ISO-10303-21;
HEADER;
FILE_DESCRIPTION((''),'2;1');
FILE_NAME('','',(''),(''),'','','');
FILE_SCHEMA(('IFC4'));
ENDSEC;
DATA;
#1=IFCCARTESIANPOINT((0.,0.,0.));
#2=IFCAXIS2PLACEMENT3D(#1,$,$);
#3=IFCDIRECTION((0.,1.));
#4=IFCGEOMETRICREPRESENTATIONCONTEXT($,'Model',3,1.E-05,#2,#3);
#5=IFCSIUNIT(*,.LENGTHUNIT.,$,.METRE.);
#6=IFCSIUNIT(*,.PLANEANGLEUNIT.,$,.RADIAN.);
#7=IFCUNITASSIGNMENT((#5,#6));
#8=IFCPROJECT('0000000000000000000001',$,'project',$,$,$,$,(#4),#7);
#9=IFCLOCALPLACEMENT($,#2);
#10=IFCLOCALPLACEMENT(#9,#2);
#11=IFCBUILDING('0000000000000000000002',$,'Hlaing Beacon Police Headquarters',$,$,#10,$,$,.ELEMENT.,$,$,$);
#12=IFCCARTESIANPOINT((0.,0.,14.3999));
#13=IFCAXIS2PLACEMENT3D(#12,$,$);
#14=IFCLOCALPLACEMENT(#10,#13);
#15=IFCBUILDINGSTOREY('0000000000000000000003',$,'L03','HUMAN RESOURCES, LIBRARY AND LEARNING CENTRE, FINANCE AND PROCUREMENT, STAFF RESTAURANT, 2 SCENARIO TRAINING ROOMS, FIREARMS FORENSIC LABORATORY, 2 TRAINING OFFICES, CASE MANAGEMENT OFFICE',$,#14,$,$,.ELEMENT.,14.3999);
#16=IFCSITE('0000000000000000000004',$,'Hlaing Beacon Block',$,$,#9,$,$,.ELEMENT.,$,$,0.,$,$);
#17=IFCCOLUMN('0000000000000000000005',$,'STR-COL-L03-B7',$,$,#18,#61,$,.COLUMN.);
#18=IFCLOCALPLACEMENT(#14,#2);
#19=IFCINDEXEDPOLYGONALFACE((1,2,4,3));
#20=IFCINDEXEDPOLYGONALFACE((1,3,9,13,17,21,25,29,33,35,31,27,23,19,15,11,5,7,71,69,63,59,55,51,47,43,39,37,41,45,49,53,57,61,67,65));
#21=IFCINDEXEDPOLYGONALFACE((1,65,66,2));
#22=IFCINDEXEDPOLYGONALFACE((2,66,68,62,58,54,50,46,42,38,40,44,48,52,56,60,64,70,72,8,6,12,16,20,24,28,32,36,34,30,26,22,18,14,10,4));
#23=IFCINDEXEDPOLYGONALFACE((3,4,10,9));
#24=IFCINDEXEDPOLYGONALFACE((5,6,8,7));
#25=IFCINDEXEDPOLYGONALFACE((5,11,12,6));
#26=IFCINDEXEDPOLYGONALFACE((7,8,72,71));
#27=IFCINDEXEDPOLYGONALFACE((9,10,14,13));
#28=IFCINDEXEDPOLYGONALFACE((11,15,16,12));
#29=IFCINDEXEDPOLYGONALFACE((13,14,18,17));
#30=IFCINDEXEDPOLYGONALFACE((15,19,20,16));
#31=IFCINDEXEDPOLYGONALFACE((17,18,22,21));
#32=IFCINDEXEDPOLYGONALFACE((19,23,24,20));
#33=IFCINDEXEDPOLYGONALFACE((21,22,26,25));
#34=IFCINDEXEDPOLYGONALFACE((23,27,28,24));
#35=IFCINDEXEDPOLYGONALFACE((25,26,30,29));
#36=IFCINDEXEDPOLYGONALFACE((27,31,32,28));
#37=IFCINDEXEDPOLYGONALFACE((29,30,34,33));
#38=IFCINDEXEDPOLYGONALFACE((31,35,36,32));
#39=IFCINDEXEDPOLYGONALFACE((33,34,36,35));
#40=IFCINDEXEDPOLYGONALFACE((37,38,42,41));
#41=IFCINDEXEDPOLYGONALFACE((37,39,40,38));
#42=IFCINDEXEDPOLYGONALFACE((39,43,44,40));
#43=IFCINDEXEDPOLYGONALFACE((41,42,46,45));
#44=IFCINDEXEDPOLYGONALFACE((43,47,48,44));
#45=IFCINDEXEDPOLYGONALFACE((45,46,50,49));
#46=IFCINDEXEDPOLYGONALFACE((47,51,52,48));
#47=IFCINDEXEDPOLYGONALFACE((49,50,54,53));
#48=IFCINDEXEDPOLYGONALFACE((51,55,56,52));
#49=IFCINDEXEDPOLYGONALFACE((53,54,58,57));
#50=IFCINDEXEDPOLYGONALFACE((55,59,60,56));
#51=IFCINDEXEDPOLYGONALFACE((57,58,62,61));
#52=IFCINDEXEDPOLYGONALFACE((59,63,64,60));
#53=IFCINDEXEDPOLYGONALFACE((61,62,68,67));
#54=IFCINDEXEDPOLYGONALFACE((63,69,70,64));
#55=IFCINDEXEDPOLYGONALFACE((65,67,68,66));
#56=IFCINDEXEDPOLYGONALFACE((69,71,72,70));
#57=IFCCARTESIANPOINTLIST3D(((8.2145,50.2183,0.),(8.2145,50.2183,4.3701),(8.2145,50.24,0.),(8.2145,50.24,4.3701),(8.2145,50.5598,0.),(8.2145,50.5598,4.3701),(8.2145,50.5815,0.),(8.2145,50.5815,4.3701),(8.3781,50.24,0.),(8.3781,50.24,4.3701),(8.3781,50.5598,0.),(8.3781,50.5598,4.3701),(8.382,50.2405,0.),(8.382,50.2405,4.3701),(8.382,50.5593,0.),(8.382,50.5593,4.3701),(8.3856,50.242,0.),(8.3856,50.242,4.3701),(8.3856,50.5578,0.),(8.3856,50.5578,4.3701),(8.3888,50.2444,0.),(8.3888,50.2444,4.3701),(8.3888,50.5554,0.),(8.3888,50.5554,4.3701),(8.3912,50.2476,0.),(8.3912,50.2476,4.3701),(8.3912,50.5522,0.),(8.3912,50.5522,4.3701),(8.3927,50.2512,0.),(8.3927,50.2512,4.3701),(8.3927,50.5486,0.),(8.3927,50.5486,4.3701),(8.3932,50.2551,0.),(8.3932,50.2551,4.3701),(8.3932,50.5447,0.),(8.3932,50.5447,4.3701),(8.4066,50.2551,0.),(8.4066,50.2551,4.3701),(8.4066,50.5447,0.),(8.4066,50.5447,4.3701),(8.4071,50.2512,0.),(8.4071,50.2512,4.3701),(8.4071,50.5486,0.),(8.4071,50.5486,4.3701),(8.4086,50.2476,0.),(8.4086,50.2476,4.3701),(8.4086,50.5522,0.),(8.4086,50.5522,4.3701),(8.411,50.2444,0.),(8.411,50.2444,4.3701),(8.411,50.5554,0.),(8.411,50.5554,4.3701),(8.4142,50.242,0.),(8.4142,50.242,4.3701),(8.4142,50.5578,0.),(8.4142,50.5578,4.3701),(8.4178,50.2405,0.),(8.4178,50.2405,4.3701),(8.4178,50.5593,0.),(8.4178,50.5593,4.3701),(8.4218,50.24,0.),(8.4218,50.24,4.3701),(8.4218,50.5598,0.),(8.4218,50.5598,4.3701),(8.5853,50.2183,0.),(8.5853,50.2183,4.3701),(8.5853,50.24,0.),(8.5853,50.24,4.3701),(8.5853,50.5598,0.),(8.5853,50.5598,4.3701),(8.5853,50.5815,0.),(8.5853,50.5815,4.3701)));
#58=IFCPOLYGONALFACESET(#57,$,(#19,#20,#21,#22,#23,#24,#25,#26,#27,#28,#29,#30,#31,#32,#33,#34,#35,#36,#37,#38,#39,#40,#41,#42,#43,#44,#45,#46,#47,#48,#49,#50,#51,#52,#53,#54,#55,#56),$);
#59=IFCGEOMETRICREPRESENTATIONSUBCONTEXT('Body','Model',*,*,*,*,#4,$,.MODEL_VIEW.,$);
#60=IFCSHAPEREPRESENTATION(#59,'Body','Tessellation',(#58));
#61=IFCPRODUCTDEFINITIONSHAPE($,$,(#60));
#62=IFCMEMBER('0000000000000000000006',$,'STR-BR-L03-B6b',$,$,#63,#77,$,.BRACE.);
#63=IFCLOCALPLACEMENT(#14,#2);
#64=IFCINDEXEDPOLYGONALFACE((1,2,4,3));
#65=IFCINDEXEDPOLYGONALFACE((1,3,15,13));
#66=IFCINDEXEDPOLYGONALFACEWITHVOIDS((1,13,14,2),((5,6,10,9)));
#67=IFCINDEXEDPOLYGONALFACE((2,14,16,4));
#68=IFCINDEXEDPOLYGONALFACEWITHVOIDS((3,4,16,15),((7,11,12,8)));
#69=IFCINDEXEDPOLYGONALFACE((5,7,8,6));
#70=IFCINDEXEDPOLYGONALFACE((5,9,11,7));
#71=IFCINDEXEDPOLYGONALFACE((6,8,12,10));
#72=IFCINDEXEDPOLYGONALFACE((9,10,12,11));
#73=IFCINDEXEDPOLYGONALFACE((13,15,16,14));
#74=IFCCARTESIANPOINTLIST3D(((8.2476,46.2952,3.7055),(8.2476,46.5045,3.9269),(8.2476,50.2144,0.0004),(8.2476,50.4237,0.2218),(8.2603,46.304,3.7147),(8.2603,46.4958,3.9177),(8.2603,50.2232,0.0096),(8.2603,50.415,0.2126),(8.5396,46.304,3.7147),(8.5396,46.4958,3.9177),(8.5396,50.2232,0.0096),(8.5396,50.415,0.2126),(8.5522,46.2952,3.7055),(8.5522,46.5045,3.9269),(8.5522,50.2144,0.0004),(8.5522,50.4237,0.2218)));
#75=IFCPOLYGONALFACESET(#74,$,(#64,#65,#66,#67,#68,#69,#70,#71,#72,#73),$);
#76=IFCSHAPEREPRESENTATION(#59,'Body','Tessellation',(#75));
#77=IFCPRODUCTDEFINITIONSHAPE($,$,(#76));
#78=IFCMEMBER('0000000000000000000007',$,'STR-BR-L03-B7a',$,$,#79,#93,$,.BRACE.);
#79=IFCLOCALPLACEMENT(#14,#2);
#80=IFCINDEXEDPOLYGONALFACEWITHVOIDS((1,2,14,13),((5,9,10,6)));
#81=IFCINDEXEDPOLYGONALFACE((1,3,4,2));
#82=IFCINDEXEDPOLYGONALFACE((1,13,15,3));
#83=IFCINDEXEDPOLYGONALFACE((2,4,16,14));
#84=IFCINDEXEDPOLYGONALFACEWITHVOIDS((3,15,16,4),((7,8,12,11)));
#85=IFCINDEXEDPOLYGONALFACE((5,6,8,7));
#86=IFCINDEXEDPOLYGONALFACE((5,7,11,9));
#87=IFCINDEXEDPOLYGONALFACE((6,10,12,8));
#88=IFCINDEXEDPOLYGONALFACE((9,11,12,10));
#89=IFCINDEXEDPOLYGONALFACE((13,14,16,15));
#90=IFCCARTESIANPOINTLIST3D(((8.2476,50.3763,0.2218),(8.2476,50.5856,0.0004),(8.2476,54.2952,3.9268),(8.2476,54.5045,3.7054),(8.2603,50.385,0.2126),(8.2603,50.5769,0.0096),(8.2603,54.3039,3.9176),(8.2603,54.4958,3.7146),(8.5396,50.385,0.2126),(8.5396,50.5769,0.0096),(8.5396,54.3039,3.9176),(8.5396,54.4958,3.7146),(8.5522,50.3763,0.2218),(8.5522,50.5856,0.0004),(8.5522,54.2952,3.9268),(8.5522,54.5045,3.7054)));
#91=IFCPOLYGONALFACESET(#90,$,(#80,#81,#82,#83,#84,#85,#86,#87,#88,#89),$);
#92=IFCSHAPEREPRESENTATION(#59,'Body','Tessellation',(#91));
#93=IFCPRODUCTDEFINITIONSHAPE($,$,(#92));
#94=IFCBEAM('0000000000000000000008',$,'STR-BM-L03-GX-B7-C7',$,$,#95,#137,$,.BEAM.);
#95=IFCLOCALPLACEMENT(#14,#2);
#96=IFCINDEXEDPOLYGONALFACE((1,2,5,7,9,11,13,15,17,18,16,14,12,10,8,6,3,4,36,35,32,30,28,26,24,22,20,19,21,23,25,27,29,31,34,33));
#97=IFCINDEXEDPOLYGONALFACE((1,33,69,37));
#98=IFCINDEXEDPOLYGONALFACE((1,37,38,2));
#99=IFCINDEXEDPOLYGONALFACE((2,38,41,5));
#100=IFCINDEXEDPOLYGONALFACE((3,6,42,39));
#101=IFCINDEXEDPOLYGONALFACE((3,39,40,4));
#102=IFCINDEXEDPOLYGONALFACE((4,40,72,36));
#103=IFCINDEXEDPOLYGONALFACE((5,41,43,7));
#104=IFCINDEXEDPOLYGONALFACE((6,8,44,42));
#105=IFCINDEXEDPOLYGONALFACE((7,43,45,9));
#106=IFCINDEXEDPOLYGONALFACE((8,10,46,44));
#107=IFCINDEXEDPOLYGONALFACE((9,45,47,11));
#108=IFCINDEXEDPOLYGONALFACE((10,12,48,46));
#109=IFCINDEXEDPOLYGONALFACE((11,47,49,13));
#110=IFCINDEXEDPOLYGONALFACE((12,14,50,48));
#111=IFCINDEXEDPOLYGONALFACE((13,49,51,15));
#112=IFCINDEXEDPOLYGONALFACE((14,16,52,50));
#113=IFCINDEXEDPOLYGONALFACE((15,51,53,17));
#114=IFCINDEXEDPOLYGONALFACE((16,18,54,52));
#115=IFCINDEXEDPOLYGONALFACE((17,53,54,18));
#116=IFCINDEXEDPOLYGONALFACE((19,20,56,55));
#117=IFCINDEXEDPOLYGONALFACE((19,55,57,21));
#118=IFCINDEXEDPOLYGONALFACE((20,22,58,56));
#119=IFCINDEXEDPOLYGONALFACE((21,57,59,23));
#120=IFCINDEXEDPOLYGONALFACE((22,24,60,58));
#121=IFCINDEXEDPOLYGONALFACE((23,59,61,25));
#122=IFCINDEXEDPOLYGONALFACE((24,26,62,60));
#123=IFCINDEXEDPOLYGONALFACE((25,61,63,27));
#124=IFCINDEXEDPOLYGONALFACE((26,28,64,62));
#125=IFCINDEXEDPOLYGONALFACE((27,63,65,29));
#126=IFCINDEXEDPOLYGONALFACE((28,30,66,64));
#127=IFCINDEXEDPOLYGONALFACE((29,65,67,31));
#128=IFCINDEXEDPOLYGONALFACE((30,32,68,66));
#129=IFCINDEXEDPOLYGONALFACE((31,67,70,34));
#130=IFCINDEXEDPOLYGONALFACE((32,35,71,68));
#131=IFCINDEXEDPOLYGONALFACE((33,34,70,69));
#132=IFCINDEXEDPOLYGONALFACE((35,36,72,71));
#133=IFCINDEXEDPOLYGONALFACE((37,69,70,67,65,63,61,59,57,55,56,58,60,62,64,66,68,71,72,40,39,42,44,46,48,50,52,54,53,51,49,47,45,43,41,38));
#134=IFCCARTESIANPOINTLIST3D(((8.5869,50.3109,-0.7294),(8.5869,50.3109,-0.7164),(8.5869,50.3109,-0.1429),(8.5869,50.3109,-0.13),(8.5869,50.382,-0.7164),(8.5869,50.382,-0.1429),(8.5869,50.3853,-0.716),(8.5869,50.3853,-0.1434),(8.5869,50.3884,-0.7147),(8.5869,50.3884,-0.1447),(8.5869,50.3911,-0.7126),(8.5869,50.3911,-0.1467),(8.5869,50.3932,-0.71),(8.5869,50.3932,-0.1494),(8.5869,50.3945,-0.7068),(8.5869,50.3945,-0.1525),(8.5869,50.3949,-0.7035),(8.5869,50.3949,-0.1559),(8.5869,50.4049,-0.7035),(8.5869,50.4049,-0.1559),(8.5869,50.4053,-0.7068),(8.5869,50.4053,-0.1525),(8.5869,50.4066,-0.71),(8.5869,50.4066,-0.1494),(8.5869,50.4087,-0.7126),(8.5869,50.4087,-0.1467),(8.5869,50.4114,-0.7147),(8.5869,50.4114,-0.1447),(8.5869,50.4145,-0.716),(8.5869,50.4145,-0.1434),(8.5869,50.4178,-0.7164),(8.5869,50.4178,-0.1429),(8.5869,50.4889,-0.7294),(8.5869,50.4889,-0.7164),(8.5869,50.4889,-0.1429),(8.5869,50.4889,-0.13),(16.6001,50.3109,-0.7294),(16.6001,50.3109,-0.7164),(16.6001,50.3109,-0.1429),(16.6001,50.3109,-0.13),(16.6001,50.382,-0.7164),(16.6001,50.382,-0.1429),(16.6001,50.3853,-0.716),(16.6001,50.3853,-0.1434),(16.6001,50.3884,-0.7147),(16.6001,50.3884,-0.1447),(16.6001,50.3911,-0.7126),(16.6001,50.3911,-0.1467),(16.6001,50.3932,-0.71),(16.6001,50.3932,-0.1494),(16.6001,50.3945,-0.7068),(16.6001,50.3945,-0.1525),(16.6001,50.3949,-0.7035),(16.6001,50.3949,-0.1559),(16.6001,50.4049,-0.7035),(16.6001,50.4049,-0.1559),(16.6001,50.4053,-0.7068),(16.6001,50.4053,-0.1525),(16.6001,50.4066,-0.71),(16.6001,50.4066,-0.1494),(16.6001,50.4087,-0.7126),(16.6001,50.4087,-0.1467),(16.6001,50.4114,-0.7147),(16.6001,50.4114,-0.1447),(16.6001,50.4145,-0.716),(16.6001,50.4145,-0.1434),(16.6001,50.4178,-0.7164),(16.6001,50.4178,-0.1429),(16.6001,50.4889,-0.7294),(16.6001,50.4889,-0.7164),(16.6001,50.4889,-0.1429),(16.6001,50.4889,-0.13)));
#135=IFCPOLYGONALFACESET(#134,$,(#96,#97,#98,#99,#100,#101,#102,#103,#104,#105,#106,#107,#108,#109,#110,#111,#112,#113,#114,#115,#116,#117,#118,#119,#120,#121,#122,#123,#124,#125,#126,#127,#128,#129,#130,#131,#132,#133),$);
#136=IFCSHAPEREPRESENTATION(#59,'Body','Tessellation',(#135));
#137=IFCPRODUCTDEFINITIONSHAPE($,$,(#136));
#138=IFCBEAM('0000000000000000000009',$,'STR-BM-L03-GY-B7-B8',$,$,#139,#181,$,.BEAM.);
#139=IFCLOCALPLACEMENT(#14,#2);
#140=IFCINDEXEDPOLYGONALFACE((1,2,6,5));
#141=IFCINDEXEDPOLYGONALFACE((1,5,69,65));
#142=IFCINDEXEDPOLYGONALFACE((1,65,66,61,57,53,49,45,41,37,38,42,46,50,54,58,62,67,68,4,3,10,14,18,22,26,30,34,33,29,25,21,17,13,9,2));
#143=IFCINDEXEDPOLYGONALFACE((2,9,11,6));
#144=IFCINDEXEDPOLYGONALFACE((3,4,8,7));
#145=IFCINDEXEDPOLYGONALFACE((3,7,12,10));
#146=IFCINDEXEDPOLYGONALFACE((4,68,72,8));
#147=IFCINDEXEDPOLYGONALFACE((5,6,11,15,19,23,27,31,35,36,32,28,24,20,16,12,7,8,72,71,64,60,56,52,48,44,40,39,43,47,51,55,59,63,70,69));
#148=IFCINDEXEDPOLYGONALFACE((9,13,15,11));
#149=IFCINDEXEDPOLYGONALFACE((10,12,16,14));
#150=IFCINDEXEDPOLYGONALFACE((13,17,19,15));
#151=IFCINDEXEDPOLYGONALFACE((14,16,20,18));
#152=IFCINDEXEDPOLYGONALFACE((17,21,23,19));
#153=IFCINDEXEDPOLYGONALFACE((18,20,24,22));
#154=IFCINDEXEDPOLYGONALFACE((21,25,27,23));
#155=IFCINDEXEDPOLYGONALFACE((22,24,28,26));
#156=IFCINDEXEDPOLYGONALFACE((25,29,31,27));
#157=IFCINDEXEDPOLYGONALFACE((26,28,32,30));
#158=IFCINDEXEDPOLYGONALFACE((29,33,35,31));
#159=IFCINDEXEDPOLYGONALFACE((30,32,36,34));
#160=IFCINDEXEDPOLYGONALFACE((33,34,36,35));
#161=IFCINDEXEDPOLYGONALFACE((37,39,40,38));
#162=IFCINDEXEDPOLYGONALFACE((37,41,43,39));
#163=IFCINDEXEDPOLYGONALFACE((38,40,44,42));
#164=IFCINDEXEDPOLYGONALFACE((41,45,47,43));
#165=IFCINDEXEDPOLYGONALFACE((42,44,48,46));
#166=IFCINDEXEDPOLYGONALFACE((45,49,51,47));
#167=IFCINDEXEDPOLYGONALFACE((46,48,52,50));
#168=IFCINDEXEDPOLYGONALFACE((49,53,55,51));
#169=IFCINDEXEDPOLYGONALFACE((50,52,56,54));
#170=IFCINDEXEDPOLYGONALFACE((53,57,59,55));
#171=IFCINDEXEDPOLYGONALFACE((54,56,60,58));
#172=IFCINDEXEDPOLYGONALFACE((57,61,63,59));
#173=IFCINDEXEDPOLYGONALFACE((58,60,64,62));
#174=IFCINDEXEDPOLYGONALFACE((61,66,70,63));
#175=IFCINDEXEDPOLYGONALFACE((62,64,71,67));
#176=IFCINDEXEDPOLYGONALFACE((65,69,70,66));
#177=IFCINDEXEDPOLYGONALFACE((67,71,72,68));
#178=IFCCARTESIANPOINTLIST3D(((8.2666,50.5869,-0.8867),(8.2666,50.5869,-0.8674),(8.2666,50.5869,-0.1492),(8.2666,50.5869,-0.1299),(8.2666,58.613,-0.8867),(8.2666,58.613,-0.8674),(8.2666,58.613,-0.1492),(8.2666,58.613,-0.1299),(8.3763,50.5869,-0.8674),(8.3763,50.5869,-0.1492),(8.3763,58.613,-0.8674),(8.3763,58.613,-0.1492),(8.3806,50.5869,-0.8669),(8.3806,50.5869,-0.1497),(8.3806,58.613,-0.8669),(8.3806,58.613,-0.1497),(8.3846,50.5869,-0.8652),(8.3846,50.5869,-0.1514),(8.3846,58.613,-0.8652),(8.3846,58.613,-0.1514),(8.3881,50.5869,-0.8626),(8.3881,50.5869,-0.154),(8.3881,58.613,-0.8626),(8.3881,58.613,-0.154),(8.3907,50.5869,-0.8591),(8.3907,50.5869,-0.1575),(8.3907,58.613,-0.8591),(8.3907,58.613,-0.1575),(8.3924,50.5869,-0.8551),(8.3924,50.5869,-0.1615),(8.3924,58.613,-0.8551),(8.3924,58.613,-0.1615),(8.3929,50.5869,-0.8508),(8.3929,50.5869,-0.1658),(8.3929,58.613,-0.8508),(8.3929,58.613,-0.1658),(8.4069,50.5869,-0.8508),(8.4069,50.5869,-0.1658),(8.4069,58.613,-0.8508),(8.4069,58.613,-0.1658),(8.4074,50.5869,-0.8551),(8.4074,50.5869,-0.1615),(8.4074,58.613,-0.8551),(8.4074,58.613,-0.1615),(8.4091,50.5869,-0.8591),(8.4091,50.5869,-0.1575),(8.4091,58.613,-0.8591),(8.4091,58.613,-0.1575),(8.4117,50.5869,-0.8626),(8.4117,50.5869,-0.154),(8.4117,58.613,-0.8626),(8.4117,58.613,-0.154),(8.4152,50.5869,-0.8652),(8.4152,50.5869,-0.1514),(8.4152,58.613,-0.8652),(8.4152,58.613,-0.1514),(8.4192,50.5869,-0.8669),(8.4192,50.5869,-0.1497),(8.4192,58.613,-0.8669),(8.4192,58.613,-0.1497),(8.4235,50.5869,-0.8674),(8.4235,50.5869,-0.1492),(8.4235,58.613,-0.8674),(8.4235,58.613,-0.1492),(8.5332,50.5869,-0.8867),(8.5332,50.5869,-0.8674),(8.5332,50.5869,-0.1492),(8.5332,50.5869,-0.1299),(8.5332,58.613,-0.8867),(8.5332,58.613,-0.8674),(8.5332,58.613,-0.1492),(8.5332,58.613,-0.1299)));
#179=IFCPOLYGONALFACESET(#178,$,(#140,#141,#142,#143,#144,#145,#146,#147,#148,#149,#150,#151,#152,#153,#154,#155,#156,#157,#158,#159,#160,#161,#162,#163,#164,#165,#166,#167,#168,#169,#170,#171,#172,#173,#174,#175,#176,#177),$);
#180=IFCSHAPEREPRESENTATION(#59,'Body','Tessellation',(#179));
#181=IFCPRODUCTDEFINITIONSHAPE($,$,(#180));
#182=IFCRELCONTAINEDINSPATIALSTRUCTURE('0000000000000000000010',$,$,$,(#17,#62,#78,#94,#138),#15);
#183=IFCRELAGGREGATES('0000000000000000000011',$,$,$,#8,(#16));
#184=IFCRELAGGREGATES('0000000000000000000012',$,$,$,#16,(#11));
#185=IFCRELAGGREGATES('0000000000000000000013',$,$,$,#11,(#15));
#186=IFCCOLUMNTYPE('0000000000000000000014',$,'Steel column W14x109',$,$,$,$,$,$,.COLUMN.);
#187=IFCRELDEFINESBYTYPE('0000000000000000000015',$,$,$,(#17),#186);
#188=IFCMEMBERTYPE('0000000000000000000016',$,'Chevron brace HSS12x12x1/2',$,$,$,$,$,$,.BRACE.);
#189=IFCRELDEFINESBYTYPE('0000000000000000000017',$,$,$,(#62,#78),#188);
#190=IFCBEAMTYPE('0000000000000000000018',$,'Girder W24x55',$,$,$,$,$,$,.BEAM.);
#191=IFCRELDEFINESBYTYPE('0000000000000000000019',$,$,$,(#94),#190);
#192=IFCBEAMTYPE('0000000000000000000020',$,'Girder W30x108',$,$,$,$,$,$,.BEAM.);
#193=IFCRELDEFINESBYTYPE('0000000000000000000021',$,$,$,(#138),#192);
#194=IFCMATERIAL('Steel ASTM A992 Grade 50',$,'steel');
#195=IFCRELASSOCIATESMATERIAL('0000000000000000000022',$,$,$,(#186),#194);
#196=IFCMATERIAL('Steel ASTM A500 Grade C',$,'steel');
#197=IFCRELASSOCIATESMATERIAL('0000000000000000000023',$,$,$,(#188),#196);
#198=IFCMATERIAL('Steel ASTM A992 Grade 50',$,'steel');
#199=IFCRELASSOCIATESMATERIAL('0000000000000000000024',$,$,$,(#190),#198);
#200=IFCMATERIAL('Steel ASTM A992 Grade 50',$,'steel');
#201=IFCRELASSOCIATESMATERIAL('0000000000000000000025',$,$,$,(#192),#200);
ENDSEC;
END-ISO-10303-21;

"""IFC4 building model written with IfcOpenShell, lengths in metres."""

from ifc_helpers import new_model, si_unit, direction, frame, origin, origin_2d, place, context, subcontext, project, spatial, hollow_rectangle, i_section, extrude, material, material_profile, profile_set, type_object, element, save


model = new_model("IFC4")

# Units and contexts
model_context = context("Model", 3, precision=1e-05, world=origin(), true_north=direction((0.0, 1.0)))
body_context = subcontext(model_context, "Body", "Model", "MODEL_VIEW")
ifc_project = project(units=[si_unit("LENGTHUNIT", "METRE"), si_unit("PLANEANGLEUNIT", "RADIAN")], contexts=[model_context])

# Site, building, storey
site_placement = place(None, origin())
site = spatial("IfcSite", under=ifc_project, at=site_placement, Name="Hlaing Beacon Block", CompositionType="ELEMENT", RefElevation=0.0)
building_placement = place(site_placement, origin())
building = spatial("IfcBuilding", under=site, at=building_placement, Name="Hlaing Beacon Police Headquarters", CompositionType="ELEMENT")
storey_placement = place(building_placement, frame((0.0, 0.0, 14.3999)))
storey = spatial("IfcBuildingStorey", under=building, at=storey_placement, Name="L03", Description="HUMAN RESOURCES, LIBRARY AND LEARNING CENTRE, FINANCE AND PROCUREMENT, STAFF RESTAURANT, 2 SCENARIO TRAINING ROOMS, FIREARMS FORENSIC LABORATORY, 2 TRAINING OFFICES, CASE MANAGEMENT OFFICE", CompositionType="ELEMENT", Elevation=14.3999)

# Column
ifc_material_1 = material(Name="Steel ASTM A992 Grade 50", Category="steel")
ifc_material_profile_1 = material_profile(ifc_material_1, i_section(OverallWidth=0.3708, OverallDepth=0.3633, WebThickness=0.0134, FlangeThickness=0.0217, FilletRadius=0.0151, at=origin_2d()), Name="W14x109")
ifc_profile_set_1 = profile_set([ifc_material_profile_1], Name="Steel ASTM A992 Grade 50")
column_type = type_object("IfcColumnType", Name="Steel column W14x109", PredefinedType="COLUMN", material=ifc_profile_set_1)
column_placement = place(storey_placement, frame((8.3999, 50.3999, 0.0), z_axis=(0.0, 0.0, 1.0), x_axis=(1.0, 0.0, 0.0)))
element("IfcColumn", 1, at=column_placement, inside=storey, type_object=column_type, Name="STR-COL-L03-B7", PredefinedType="COLUMN", context=body_context, shape_type="SweptSolid", body=[
    extrude(i_section(OverallWidth=0.3708, OverallDepth=0.3633, WebThickness=0.0134, FlangeThickness=0.0217, FilletRadius=0.0151, at=origin_2d()), origin(), (0.0, 0.0, 1.0), 4.3701),
])

# Members
ifc_material_2 = material(Name="Steel ASTM A500 Grade C", Category="steel")
ifc_material_profile_2 = material_profile(ifc_material_2, hollow_rectangle(XDim=0.3047, YDim=0.3047, WallThickness=0.0127, at=origin_2d()), Name="HSS12x12x1/2")
ifc_profile_set_2 = profile_set([ifc_material_profile_2], Name="Steel ASTM A500 Grade C")
member_type = type_object("IfcMemberType", Name="Chevron brace HSS12x12x1/2", PredefinedType="BRACE", material=ifc_profile_set_2)
member_1_placement = place(storey_placement, frame((8.3999, 50.3191, 0.1111), z_axis=(0.0, -0.726678, 0.686978), x_axis=(1.0, 0.0, 0.0)))
element("IfcMember", 2, at=member_1_placement, inside=storey, type_object=member_type, Name="STR-BR-L03-B6b", PredefinedType="BRACE", context=body_context, shape_type="SweptSolid", body=[
    extrude(hollow_rectangle(XDim=0.3047, YDim=0.3047, WallThickness=0.0127, at=origin_2d()), origin(), (0.0, 0.0, 1.0), 5.3933),
])
member_2_placement = place(storey_placement, frame((8.3999, 50.481, 0.1111), z_axis=(0.0, 0.726657, 0.687001), x_axis=(-1.0, 0.0, 0.0)))
element("IfcMember", 3, at=member_2_placement, inside=storey, type_object=member_type, Name="STR-BR-L03-B7a", PredefinedType="BRACE", context=body_context, shape_type="SweptSolid", body=[
    extrude(hollow_rectangle(XDim=0.3047, YDim=0.3047, WallThickness=0.0127, at=origin_2d()), origin(), (0.0, 0.0, 1.0), 5.3931),
])

# Beams
ifc_material_3 = material(Name="Steel ASTM A992 Grade 50", Category="steel")
ifc_material_profile_3 = material_profile(ifc_material_3, i_section(OverallWidth=0.178, OverallDepth=0.5994, WebThickness=0.01, FlangeThickness=0.0129, FilletRadius=0.0129, at=origin_2d()), Name="W24x55")
ifc_profile_set_3 = profile_set([ifc_material_profile_3], Name="Steel ASTM A992 Grade 50")
beam_type_1 = type_object("IfcBeamType", Name="Girder W24x55", PredefinedType="BEAM", material=ifc_profile_set_3)
beam_1_placement = place(storey_placement, frame((8.5869, 50.3999, -0.4297), z_axis=(1.0, 0.0, 0.0), x_axis=(0.0, 1.0, 0.0)))
element("IfcBeam", 4, at=beam_1_placement, inside=storey, type_object=beam_type_1, Name="STR-BM-L03-GX-B7-C7", PredefinedType="BEAM", context=body_context, shape_type="SweptSolid", body=[
    extrude(i_section(OverallWidth=0.178, OverallDepth=0.5994, WebThickness=0.01, FlangeThickness=0.0129, FilletRadius=0.0129, at=origin_2d()), origin(), (0.0, 0.0, 1.0), 8.0132),
])
ifc_material_4 = material(Name="Steel ASTM A992 Grade 50", Category="steel")
ifc_material_profile_4 = material_profile(ifc_material_4, i_section(OverallWidth=0.2666, OverallDepth=0.7568, WebThickness=0.0139, FlangeThickness=0.0193, FilletRadius=0.0166, at=origin_2d()), Name="W30x108")
ifc_profile_set_4 = profile_set([ifc_material_profile_4], Name="Steel ASTM A992 Grade 50")
beam_type_2 = type_object("IfcBeamType", Name="Girder W30x108", PredefinedType="BEAM", material=ifc_profile_set_4)
beam_2_placement = place(storey_placement, frame((8.3999, 50.5869, -0.5083), z_axis=(0.0, 1.0, 0.0), x_axis=(-1.0, 0.0, 0.0)))
element("IfcBeam", 5, at=beam_2_placement, inside=storey, type_object=beam_type_2, Name="STR-BM-L03-GY-B7-B8", PredefinedType="BEAM", context=body_context, shape_type="SweptSolid", body=[
    extrude(i_section(OverallWidth=0.2666, OverallDepth=0.7568, WebThickness=0.0139, FlangeThickness=0.0193, FilletRadius=0.0166, at=origin_2d()), origin(), (0.0, 0.0, 1.0), 8.0261),
])

save(model, "model.ifc")
